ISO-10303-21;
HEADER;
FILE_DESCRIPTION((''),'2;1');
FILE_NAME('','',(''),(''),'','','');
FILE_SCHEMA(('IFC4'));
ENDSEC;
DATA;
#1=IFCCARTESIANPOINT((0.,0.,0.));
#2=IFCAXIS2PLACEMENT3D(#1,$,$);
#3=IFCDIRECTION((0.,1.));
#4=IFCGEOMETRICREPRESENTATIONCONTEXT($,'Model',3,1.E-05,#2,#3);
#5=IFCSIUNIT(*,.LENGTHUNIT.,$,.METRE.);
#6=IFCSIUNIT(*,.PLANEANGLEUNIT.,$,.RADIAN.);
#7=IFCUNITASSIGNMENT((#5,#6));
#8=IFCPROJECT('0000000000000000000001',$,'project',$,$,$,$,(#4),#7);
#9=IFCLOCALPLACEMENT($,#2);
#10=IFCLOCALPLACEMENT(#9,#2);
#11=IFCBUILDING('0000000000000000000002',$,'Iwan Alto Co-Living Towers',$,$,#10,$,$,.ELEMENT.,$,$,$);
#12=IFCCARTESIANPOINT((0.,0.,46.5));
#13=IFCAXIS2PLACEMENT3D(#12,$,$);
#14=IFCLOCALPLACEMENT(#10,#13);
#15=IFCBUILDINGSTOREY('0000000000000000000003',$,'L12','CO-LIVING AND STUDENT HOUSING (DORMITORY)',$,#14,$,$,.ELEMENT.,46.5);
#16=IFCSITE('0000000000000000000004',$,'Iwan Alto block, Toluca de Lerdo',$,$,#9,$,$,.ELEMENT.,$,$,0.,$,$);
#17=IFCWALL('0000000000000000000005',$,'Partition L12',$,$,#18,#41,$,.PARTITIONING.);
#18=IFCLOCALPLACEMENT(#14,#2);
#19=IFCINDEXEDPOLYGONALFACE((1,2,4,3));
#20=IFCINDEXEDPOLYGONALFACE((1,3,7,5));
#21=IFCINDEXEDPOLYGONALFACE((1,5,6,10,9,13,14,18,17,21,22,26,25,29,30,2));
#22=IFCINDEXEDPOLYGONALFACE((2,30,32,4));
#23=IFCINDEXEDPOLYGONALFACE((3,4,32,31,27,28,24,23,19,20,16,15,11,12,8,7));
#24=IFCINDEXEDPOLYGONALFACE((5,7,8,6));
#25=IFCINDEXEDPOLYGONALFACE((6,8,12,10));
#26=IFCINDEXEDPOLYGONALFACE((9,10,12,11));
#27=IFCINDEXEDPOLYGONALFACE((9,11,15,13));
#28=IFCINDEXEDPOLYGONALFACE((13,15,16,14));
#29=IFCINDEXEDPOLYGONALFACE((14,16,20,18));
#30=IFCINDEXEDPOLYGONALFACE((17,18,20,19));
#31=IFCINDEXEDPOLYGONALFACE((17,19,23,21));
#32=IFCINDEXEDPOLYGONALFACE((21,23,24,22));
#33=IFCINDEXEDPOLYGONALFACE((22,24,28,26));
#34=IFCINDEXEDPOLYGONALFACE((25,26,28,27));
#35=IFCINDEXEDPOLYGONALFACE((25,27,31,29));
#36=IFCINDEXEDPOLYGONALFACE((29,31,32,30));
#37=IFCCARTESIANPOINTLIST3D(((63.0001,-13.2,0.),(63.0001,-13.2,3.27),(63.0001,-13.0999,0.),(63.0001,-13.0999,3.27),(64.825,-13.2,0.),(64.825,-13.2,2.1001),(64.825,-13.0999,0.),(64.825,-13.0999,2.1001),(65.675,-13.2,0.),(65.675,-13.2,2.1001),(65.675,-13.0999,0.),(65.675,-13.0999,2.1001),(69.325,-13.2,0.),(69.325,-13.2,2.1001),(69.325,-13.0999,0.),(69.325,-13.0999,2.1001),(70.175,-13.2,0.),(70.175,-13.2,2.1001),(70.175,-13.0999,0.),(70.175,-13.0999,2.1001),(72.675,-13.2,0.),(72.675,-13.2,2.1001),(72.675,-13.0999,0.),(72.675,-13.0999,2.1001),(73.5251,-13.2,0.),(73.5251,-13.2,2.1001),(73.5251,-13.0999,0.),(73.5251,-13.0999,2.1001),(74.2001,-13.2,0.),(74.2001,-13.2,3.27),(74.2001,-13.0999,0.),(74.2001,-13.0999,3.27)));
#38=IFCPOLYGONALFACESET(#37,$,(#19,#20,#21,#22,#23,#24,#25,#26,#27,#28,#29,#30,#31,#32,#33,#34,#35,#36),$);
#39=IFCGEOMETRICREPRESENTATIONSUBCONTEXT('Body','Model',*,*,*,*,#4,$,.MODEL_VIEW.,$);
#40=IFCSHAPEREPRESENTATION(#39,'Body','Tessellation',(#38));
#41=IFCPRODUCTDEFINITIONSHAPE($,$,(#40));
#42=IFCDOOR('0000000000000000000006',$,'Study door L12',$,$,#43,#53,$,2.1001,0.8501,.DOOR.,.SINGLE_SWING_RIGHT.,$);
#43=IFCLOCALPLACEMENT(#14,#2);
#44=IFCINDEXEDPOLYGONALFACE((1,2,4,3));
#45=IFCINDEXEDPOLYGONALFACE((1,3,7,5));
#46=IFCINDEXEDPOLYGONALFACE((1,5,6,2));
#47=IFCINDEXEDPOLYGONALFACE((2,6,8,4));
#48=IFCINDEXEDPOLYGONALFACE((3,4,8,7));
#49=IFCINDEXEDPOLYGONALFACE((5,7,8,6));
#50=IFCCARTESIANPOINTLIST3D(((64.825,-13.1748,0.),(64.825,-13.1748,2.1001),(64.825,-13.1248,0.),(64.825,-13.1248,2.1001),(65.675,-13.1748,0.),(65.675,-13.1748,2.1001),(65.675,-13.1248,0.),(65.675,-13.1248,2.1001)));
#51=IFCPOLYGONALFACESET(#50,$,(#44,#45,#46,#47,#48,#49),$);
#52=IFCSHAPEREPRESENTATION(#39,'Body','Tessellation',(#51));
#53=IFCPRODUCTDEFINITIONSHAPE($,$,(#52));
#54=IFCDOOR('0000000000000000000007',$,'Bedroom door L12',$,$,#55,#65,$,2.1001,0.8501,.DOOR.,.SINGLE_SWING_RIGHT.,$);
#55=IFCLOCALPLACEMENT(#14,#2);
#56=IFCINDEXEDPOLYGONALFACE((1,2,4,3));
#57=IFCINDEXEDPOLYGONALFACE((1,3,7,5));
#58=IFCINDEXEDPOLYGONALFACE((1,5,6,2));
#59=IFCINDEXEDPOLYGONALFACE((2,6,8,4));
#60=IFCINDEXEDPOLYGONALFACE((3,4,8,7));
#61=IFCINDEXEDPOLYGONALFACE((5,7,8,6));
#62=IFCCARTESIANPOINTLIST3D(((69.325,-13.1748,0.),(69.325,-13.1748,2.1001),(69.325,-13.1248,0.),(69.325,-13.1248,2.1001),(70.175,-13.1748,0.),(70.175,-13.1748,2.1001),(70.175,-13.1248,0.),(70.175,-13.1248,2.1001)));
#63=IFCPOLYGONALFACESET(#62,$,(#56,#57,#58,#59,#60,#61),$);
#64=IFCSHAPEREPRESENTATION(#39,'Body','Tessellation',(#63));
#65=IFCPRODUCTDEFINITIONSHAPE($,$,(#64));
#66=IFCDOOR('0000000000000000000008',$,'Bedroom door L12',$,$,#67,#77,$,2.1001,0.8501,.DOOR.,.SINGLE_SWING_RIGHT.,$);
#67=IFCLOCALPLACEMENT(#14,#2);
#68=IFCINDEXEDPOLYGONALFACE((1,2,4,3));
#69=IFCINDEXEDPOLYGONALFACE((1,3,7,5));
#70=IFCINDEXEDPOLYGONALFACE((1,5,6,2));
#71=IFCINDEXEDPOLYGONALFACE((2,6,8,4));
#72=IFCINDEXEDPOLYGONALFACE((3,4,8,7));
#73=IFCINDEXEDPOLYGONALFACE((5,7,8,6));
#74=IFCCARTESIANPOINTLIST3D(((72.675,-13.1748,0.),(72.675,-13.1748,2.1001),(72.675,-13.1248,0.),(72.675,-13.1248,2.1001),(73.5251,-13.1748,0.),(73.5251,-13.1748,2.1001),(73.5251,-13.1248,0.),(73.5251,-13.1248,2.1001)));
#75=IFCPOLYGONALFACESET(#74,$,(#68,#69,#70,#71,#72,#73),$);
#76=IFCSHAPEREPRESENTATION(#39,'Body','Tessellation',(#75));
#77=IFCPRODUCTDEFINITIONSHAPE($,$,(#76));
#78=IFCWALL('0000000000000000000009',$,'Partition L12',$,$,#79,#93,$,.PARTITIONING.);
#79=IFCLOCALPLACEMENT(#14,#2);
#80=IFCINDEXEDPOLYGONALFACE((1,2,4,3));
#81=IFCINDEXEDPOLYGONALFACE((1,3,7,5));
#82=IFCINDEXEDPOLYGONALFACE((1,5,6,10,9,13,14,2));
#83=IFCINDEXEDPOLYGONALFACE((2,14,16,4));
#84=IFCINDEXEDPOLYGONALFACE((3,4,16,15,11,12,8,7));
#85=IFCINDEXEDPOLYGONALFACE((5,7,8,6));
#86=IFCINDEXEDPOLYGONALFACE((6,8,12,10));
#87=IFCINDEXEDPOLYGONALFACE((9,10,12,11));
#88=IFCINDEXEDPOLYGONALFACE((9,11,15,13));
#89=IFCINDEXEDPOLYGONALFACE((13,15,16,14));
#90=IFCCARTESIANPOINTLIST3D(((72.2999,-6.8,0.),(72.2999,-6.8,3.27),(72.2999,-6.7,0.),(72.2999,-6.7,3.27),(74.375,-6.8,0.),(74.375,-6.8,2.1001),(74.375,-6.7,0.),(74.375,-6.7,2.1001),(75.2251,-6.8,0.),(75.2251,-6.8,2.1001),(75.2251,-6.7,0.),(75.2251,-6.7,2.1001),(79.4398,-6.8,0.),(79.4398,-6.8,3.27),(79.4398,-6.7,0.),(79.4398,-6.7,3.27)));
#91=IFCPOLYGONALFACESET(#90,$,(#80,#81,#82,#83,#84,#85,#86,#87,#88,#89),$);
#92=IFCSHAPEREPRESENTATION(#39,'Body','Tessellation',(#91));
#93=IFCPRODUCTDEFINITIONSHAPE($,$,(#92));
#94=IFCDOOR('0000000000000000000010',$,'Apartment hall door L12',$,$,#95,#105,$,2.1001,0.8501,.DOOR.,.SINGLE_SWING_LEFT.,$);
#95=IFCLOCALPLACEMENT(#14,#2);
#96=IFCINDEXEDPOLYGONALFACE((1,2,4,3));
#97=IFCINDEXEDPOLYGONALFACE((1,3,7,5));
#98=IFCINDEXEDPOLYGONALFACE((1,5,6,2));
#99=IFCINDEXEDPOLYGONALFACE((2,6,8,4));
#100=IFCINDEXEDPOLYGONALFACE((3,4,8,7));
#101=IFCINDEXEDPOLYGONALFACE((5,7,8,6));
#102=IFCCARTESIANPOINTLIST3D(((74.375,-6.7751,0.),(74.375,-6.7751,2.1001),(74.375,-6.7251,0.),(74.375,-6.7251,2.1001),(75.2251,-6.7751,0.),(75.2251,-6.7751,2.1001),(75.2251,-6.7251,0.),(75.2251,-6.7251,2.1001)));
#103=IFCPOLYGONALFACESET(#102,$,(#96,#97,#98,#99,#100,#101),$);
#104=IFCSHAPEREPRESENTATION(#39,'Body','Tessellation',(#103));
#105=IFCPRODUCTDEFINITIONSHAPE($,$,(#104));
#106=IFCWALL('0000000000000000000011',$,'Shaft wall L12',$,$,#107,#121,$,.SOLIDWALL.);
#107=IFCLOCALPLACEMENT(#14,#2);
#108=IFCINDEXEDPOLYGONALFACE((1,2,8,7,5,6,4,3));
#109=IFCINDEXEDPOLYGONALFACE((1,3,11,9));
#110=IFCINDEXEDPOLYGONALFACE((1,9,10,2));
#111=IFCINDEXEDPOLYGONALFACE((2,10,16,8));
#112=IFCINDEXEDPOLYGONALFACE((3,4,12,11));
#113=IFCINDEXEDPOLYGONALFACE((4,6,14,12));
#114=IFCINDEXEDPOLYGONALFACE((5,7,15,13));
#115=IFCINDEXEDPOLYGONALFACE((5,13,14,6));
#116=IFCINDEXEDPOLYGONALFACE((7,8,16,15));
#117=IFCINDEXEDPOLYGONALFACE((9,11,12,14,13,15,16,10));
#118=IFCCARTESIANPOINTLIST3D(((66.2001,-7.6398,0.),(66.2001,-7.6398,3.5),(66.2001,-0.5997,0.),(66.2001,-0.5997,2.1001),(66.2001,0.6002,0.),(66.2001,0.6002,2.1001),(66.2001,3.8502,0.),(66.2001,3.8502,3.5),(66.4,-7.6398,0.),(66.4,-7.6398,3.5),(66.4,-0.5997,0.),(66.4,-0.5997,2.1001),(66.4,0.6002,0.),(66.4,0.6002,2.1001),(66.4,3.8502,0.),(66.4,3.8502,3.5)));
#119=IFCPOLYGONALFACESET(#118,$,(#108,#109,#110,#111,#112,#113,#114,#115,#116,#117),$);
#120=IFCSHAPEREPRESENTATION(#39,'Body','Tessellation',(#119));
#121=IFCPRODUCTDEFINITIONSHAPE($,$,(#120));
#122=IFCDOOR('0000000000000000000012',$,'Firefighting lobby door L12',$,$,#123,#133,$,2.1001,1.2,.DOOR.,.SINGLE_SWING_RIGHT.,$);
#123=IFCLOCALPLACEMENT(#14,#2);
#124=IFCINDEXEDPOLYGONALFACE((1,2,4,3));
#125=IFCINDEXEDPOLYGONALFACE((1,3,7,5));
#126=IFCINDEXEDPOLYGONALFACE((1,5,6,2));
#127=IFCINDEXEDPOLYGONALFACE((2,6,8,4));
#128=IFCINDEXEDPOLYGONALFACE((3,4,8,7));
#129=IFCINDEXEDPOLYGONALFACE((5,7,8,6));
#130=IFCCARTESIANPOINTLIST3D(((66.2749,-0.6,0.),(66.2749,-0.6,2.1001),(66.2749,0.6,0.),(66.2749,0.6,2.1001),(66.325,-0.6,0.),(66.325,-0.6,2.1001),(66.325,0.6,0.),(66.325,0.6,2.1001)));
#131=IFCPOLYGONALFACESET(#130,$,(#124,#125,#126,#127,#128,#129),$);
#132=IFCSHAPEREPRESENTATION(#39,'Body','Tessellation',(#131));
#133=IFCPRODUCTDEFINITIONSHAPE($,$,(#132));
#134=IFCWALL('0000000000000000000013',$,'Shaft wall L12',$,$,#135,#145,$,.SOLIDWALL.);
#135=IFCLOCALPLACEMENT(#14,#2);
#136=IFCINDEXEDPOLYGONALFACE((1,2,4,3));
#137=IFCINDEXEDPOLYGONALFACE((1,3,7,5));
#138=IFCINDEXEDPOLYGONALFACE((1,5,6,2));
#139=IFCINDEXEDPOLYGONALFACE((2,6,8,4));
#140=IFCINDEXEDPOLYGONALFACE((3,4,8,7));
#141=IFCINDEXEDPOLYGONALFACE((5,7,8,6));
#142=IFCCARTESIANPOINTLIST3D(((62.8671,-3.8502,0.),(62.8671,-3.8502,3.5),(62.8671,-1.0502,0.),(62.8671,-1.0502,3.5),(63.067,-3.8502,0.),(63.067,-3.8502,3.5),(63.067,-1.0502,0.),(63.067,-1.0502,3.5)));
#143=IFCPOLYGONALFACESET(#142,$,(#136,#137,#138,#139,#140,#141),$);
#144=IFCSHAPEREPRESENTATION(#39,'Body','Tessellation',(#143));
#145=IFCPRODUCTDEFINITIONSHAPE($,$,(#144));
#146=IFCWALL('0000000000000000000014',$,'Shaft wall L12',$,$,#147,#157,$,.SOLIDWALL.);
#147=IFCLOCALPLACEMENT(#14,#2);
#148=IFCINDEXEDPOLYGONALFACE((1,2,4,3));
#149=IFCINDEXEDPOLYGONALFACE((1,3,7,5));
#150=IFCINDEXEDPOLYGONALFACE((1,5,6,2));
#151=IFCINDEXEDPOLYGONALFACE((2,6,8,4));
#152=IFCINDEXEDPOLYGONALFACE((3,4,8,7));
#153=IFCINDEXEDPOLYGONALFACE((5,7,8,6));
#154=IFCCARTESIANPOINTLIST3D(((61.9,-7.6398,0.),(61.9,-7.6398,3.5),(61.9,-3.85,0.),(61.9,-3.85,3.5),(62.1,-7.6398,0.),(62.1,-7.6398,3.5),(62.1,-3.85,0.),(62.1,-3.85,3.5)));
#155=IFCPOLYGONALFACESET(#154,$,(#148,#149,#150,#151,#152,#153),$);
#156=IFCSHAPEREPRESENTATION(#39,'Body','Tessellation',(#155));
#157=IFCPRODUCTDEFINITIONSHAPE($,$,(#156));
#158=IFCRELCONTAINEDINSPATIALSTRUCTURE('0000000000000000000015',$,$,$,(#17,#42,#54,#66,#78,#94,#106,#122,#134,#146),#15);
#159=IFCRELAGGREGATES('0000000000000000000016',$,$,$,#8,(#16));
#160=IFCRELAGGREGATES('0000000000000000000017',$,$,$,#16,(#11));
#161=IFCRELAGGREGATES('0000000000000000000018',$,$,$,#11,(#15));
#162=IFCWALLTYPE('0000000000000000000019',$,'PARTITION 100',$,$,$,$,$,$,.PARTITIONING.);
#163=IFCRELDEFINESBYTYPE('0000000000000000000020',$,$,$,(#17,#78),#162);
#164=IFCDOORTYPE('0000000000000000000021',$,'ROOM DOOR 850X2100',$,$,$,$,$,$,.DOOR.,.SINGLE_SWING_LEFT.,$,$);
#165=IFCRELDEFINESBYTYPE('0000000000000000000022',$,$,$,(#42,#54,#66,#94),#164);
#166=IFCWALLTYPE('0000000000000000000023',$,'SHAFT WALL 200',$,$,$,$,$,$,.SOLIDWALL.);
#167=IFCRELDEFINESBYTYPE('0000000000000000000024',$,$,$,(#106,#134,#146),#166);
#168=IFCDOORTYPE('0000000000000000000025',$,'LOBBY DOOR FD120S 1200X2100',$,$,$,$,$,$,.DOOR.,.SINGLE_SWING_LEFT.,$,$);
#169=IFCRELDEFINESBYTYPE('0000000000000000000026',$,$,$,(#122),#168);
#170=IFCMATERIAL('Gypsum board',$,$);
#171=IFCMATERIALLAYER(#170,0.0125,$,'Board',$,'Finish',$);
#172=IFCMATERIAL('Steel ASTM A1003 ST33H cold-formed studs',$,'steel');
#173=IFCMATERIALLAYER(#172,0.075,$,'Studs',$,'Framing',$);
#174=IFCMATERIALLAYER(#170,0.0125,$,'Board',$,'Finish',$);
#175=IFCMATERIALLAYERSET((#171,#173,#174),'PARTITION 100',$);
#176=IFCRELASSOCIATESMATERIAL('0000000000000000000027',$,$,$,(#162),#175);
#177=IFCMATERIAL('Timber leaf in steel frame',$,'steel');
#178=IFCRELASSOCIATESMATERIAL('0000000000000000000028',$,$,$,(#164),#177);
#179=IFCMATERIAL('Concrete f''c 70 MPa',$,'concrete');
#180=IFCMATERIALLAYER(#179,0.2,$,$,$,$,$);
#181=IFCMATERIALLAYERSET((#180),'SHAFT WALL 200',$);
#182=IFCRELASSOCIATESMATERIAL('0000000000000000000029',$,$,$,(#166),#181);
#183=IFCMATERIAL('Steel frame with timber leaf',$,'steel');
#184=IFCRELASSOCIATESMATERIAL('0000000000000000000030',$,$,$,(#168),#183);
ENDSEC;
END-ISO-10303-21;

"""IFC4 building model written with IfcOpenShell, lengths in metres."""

from ifc_helpers import new_model, si_unit, direction, frame, frame_2d, origin, place, context, subcontext, project, spatial, rectangle, extrude, material, layer, layer_set, type_object, element, fill, save


model = new_model("IFC4")

# Units and contexts
model_context = context("Model", 3, precision=1e-05, world=origin(), true_north=direction((0.0, 1.0)))
body_context = subcontext(model_context, "Body", "Model", "MODEL_VIEW")
ifc_project = project(units=[si_unit("LENGTHUNIT", "METRE"), si_unit("PLANEANGLEUNIT", "RADIAN")], contexts=[model_context])

# Site, building, storey
site_placement = place(None, origin())
site = spatial("IfcSite", under=ifc_project, at=site_placement, Name="Iwan Alto block, Toluca de Lerdo", CompositionType="ELEMENT", RefElevation=0.0)
building_placement = place(site_placement, origin())
building = spatial("IfcBuilding", under=site, at=building_placement, Name="Iwan Alto Co-Living Towers", CompositionType="ELEMENT")
storey_placement = place(building_placement, frame((0.0, 0.0, 46.5)))
storey = spatial("IfcBuildingStorey", under=building, at=storey_placement, Name="L12", Description="CO-LIVING AND STUDENT HOUSING (DORMITORY)", CompositionType="ELEMENT", Elevation=46.5)

# Shared definitions
ifc_material_1 = material(Name="Gypsum board")
ifc_material_2 = material(Name="Steel ASTM A1003 ST33H cold-formed studs", Category="steel")

# Wall, openings, doors
ifc_layer_1 = layer(ifc_material_1, 0.0125, Name="Board", Category="Finish")
ifc_layer_2 = layer(ifc_material_2, 0.075, Name="Studs", Category="Framing")
ifc_layer_3 = layer(ifc_material_1, 0.0125, Name="Board", Category="Finish")
ifc_layer_set_1 = layer_set([ifc_layer_1, ifc_layer_2, ifc_layer_3], Name="PARTITION 100")
wall_type_1 = type_object("IfcWallType", Name="PARTITION 100", PredefinedType="PARTITIONING", material=ifc_layer_set_1)
wall_1_placement = place(storey_placement, frame((63.0, -13.1499, 0.0), z_axis=(0.0, 0.0, 1.0), x_axis=(1.0, 0.0, 0.0)))
wall_1 = element("IfcWall", 1, at=wall_1_placement, inside=storey, type_object=wall_type_1, Name="Partition L12", PredefinedType="PARTITIONING", context=body_context, shape_type="SweptSolid", body=[
    extrude(rectangle(XDim=11.2, YDim=0.1001, at=frame_2d((5.6001, 0.0))), origin(), (0.0, 0.0, 1.0), 3.27),
])
opening_1_placement = place(wall_1_placement, frame((1.825, 0.0, 0.0)))
opening_1 = element("IfcOpeningElement", 2, at=opening_1_placement, cuts=wall_1, PredefinedType="OPENING", context=body_context, shape_type="SweptSolid", body=[
    extrude(rectangle(XDim=0.8501, YDim=2.1001, at=frame_2d((0.425, 1.05))), frame((0.0, 0.0601, 0.0), z_axis=(0.0, -1.0, 0.0), x_axis=(1.0, 0.0, 0.0)), (0.0, 0.0, 1.0), 0.1201),
])
opening_2_placement = place(wall_1_placement, frame((6.325, 0.0, 0.0)))
opening_2 = element("IfcOpeningElement", 3, at=opening_2_placement, cuts=wall_1, PredefinedType="OPENING", context=body_context, shape_type="SweptSolid", body=[
    extrude(rectangle(XDim=0.8501, YDim=2.1001, at=frame_2d((0.425, 1.05))), frame((0.0, 0.0601, 0.0), z_axis=(0.0, -1.0, 0.0), x_axis=(1.0, 0.0, 0.0)), (0.0, 0.0, 1.0), 0.1201),
])
opening_3_placement = place(wall_1_placement, frame((9.675, 0.0, 0.0)))
opening_3 = element("IfcOpeningElement", 4, at=opening_3_placement, cuts=wall_1, PredefinedType="OPENING", context=body_context, shape_type="SweptSolid", body=[
    extrude(rectangle(XDim=0.8501, YDim=2.1001, at=frame_2d((0.425, 1.05))), frame((0.0, 0.0601, 0.0), z_axis=(0.0, -1.0, 0.0), x_axis=(1.0, 0.0, 0.0)), (0.0, 0.0, 1.0), 0.1201),
])
ifc_material_3 = material(Name="Timber leaf in steel frame", Category="steel")
door_type_1 = type_object("IfcDoorType", Name="ROOM DOOR 850X2100", OperationType="SINGLE_SWING_LEFT", PredefinedType="DOOR", material=ifc_material_3)
door_1_placement = place(opening_1_placement, frame((0.8501, 0.0, 0.0), z_axis=(0.0, 0.0, 1.0), x_axis=(-1.0, 0.0, 0.0)))
door_1 = element("IfcDoor", 5, at=door_1_placement, inside=storey, type_object=door_type_1, Name="Study door L12", OperationType="SINGLE_SWING_RIGHT", OverallHeight=2.1001, OverallWidth=0.8501, PredefinedType="DOOR", context=body_context, shape_type="SweptSolid", body=[
    extrude(rectangle(XDim=0.8501, YDim=2.1001, at=frame_2d((0.425, 1.05))), frame((0.0, 0.0249, 0.0), z_axis=(0.0, -1.0, 0.0), x_axis=(1.0, 0.0, 0.0)), (0.0, 0.0, 1.0), 0.05),
])
fill(opening_1, door_1)
door_2_placement = place(opening_2_placement, frame((0.8501, 0.0, 0.0), z_axis=(0.0, 0.0, 1.0), x_axis=(-1.0, 0.0, 0.0)))
door_2 = element("IfcDoor", 6, at=door_2_placement, inside=storey, type_object=door_type_1, Name="Bedroom door L12", OperationType="SINGLE_SWING_RIGHT", OverallHeight=2.1001, OverallWidth=0.8501, PredefinedType="DOOR", context=body_context, shape_type="SweptSolid", body=[
    extrude(rectangle(XDim=0.8501, YDim=2.1001, at=frame_2d((0.425, 1.05))), frame((0.0, 0.0249, 0.0), z_axis=(0.0, -1.0, 0.0), x_axis=(1.0, 0.0, 0.0)), (0.0, 0.0, 1.0), 0.05),
])
fill(opening_2, door_2)
door_3_placement = place(opening_3_placement, frame((0.8501, 0.0, 0.0), z_axis=(0.0, 0.0, 1.0), x_axis=(-1.0, 0.0, 0.0)))
door_3 = element("IfcDoor", 7, at=door_3_placement, inside=storey, type_object=door_type_1, Name="Bedroom door L12", OperationType="SINGLE_SWING_RIGHT", OverallHeight=2.1001, OverallWidth=0.8501, PredefinedType="DOOR", context=body_context, shape_type="SweptSolid", body=[
    extrude(rectangle(XDim=0.8501, YDim=2.1001, at=frame_2d((0.425, 1.05))), frame((0.0, 0.0249, 0.0), z_axis=(0.0, -1.0, 0.0), x_axis=(1.0, 0.0, 0.0)), (0.0, 0.0, 1.0), 0.05),
])
fill(opening_3, door_3)

# Walls, openings, doors
wall_2_placement = place(storey_placement, frame((72.3, -6.75, 0.0), z_axis=(0.0, 0.0, 1.0), x_axis=(1.0, 0.0, 0.0)))
wall_2 = element("IfcWall", 8, at=wall_2_placement, inside=storey, type_object=wall_type_1, Name="Partition L12", PredefinedType="PARTITIONING", context=body_context, shape_type="SweptSolid", body=[
    extrude(rectangle(XDim=7.1399, YDim=0.1001, at=frame_2d((3.5698, 0.0))), origin(), (0.0, 0.0, 1.0), 3.27),
])
opening_4_placement = place(wall_2_placement, frame((2.075, 0.0, 0.0)))
opening_4 = element("IfcOpeningElement", 9, at=opening_4_placement, cuts=wall_2, PredefinedType="OPENING", context=body_context, shape_type="SweptSolid", body=[
    extrude(rectangle(XDim=0.8501, YDim=2.1001, at=frame_2d((0.425, 1.05))), frame((0.0, 0.0601, 0.0), z_axis=(0.0, -1.0, 0.0), x_axis=(1.0, 0.0, 0.0)), (0.0, 0.0, 1.0), 0.1201),
])
door_4_placement = place(opening_4_placement, origin())
door_4 = element("IfcDoor", 10, at=door_4_placement, inside=storey, type_object=door_type_1, Name="Apartment hall door L12", OperationType="SINGLE_SWING_LEFT", OverallHeight=2.1001, OverallWidth=0.8501, PredefinedType="DOOR", context=body_context, shape_type="SweptSolid", body=[
    extrude(rectangle(XDim=0.8501, YDim=2.1001, at=frame_2d((0.425, 1.05))), frame((0.0, 0.0249, 0.0), z_axis=(0.0, -1.0, 0.0), x_axis=(1.0, 0.0, 0.0)), (0.0, 0.0, 1.0), 0.05),
])
fill(opening_4, door_4)
ifc_material_4 = material(Name="Concrete f'c 70 MPa", Category="concrete")
ifc_layer_4 = layer(ifc_material_4, 0.2)
ifc_layer_set_2 = layer_set([ifc_layer_4], Name="SHAFT WALL 200")
wall_type_2 = type_object("IfcWallType", Name="SHAFT WALL 200", PredefinedType="SOLIDWALL", material=ifc_layer_set_2)
wall_3_placement = place(storey_placement, frame((66.3, -7.6399, 0.0), z_axis=(0.0, 0.0, 1.0), x_axis=(0.0, 1.0, 0.0)))
wall_3 = element("IfcWall", 11, at=wall_3_placement, inside=storey, type_object=wall_type_2, Name="Shaft wall L12", PredefinedType="SOLIDWALL", context=body_context, shape_type="SweptSolid", body=[
    extrude(rectangle(XDim=11.49, YDim=0.2, at=frame_2d((5.7451, 0.0))), origin(), (0.0, 0.0, 1.0), 3.5),
])
opening_5_placement = place(wall_3_placement, frame((7.04, 0.0, 0.0)))
opening_5 = element("IfcOpeningElement", 12, at=opening_5_placement, cuts=wall_3, PredefinedType="OPENING", context=body_context, shape_type="SweptSolid", body=[
    extrude(rectangle(XDim=1.2, YDim=2.1001, at=frame_2d((0.6001, 1.05))), frame((0.0, 0.1099, 0.0), z_axis=(0.0, -1.0, 0.0), x_axis=(1.0, 0.0, 0.0)), (0.0, 0.0, 1.0), 0.22),
])
ifc_material_5 = material(Name="Steel frame with timber leaf", Category="steel")
door_type_2 = type_object("IfcDoorType", Name="LOBBY DOOR FD120S 1200X2100", OperationType="SINGLE_SWING_LEFT", PredefinedType="DOOR", material=ifc_material_5)
door_5_placement = place(opening_5_placement, frame((1.2, 0.0, 0.0), z_axis=(0.0, 0.0, 1.0), x_axis=(-1.0, 0.0, 0.0)))
door_5 = element("IfcDoor", 13, at=door_5_placement, inside=storey, type_object=door_type_2, Name="Firefighting lobby door L12", OperationType="SINGLE_SWING_RIGHT", OverallHeight=2.1001, OverallWidth=1.2, PredefinedType="DOOR", context=body_context, shape_type="SweptSolid", body=[
    extrude(rectangle(XDim=1.2, YDim=2.1001, at=frame_2d((0.6001, 1.05))), frame((0.0, 0.0249, 0.0), z_axis=(0.0, -1.0, 0.0), x_axis=(1.0, 0.0, 0.0)), (0.0, 0.0, 1.0), 0.05),
])
fill(opening_5, door_5)

# Walls
wall_4_placement = place(storey_placement, frame((62.967, -3.8501, 0.0), z_axis=(0.0, 0.0, 1.0), x_axis=(0.0, 1.0, 0.0)))
element("IfcWall", 14, at=wall_4_placement, inside=storey, type_object=wall_type_2, Name="Shaft wall L12", PredefinedType="SOLIDWALL", context=body_context, shape_type="SweptSolid", body=[
    extrude(rectangle(XDim=2.8, YDim=0.2, at=frame_2d((1.3999, 0.0))), origin(), (0.0, 0.0, 1.0), 3.5),
])
wall_5_placement = place(storey_placement, frame((62.0, -7.6399, 0.0), z_axis=(0.0, 0.0, 1.0), x_axis=(0.0, 1.0, 0.0)))
element("IfcWall", 15, at=wall_5_placement, inside=storey, type_object=wall_type_2, Name="Shaft wall L12", PredefinedType="SOLIDWALL", context=body_context, shape_type="SweptSolid", body=[
    extrude(rectangle(XDim=3.7898, YDim=0.2, at=frame_2d((1.895, 0.0))), origin(), (0.0, 0.0, 1.0), 3.5),
])

save(model, "model.ifc")
